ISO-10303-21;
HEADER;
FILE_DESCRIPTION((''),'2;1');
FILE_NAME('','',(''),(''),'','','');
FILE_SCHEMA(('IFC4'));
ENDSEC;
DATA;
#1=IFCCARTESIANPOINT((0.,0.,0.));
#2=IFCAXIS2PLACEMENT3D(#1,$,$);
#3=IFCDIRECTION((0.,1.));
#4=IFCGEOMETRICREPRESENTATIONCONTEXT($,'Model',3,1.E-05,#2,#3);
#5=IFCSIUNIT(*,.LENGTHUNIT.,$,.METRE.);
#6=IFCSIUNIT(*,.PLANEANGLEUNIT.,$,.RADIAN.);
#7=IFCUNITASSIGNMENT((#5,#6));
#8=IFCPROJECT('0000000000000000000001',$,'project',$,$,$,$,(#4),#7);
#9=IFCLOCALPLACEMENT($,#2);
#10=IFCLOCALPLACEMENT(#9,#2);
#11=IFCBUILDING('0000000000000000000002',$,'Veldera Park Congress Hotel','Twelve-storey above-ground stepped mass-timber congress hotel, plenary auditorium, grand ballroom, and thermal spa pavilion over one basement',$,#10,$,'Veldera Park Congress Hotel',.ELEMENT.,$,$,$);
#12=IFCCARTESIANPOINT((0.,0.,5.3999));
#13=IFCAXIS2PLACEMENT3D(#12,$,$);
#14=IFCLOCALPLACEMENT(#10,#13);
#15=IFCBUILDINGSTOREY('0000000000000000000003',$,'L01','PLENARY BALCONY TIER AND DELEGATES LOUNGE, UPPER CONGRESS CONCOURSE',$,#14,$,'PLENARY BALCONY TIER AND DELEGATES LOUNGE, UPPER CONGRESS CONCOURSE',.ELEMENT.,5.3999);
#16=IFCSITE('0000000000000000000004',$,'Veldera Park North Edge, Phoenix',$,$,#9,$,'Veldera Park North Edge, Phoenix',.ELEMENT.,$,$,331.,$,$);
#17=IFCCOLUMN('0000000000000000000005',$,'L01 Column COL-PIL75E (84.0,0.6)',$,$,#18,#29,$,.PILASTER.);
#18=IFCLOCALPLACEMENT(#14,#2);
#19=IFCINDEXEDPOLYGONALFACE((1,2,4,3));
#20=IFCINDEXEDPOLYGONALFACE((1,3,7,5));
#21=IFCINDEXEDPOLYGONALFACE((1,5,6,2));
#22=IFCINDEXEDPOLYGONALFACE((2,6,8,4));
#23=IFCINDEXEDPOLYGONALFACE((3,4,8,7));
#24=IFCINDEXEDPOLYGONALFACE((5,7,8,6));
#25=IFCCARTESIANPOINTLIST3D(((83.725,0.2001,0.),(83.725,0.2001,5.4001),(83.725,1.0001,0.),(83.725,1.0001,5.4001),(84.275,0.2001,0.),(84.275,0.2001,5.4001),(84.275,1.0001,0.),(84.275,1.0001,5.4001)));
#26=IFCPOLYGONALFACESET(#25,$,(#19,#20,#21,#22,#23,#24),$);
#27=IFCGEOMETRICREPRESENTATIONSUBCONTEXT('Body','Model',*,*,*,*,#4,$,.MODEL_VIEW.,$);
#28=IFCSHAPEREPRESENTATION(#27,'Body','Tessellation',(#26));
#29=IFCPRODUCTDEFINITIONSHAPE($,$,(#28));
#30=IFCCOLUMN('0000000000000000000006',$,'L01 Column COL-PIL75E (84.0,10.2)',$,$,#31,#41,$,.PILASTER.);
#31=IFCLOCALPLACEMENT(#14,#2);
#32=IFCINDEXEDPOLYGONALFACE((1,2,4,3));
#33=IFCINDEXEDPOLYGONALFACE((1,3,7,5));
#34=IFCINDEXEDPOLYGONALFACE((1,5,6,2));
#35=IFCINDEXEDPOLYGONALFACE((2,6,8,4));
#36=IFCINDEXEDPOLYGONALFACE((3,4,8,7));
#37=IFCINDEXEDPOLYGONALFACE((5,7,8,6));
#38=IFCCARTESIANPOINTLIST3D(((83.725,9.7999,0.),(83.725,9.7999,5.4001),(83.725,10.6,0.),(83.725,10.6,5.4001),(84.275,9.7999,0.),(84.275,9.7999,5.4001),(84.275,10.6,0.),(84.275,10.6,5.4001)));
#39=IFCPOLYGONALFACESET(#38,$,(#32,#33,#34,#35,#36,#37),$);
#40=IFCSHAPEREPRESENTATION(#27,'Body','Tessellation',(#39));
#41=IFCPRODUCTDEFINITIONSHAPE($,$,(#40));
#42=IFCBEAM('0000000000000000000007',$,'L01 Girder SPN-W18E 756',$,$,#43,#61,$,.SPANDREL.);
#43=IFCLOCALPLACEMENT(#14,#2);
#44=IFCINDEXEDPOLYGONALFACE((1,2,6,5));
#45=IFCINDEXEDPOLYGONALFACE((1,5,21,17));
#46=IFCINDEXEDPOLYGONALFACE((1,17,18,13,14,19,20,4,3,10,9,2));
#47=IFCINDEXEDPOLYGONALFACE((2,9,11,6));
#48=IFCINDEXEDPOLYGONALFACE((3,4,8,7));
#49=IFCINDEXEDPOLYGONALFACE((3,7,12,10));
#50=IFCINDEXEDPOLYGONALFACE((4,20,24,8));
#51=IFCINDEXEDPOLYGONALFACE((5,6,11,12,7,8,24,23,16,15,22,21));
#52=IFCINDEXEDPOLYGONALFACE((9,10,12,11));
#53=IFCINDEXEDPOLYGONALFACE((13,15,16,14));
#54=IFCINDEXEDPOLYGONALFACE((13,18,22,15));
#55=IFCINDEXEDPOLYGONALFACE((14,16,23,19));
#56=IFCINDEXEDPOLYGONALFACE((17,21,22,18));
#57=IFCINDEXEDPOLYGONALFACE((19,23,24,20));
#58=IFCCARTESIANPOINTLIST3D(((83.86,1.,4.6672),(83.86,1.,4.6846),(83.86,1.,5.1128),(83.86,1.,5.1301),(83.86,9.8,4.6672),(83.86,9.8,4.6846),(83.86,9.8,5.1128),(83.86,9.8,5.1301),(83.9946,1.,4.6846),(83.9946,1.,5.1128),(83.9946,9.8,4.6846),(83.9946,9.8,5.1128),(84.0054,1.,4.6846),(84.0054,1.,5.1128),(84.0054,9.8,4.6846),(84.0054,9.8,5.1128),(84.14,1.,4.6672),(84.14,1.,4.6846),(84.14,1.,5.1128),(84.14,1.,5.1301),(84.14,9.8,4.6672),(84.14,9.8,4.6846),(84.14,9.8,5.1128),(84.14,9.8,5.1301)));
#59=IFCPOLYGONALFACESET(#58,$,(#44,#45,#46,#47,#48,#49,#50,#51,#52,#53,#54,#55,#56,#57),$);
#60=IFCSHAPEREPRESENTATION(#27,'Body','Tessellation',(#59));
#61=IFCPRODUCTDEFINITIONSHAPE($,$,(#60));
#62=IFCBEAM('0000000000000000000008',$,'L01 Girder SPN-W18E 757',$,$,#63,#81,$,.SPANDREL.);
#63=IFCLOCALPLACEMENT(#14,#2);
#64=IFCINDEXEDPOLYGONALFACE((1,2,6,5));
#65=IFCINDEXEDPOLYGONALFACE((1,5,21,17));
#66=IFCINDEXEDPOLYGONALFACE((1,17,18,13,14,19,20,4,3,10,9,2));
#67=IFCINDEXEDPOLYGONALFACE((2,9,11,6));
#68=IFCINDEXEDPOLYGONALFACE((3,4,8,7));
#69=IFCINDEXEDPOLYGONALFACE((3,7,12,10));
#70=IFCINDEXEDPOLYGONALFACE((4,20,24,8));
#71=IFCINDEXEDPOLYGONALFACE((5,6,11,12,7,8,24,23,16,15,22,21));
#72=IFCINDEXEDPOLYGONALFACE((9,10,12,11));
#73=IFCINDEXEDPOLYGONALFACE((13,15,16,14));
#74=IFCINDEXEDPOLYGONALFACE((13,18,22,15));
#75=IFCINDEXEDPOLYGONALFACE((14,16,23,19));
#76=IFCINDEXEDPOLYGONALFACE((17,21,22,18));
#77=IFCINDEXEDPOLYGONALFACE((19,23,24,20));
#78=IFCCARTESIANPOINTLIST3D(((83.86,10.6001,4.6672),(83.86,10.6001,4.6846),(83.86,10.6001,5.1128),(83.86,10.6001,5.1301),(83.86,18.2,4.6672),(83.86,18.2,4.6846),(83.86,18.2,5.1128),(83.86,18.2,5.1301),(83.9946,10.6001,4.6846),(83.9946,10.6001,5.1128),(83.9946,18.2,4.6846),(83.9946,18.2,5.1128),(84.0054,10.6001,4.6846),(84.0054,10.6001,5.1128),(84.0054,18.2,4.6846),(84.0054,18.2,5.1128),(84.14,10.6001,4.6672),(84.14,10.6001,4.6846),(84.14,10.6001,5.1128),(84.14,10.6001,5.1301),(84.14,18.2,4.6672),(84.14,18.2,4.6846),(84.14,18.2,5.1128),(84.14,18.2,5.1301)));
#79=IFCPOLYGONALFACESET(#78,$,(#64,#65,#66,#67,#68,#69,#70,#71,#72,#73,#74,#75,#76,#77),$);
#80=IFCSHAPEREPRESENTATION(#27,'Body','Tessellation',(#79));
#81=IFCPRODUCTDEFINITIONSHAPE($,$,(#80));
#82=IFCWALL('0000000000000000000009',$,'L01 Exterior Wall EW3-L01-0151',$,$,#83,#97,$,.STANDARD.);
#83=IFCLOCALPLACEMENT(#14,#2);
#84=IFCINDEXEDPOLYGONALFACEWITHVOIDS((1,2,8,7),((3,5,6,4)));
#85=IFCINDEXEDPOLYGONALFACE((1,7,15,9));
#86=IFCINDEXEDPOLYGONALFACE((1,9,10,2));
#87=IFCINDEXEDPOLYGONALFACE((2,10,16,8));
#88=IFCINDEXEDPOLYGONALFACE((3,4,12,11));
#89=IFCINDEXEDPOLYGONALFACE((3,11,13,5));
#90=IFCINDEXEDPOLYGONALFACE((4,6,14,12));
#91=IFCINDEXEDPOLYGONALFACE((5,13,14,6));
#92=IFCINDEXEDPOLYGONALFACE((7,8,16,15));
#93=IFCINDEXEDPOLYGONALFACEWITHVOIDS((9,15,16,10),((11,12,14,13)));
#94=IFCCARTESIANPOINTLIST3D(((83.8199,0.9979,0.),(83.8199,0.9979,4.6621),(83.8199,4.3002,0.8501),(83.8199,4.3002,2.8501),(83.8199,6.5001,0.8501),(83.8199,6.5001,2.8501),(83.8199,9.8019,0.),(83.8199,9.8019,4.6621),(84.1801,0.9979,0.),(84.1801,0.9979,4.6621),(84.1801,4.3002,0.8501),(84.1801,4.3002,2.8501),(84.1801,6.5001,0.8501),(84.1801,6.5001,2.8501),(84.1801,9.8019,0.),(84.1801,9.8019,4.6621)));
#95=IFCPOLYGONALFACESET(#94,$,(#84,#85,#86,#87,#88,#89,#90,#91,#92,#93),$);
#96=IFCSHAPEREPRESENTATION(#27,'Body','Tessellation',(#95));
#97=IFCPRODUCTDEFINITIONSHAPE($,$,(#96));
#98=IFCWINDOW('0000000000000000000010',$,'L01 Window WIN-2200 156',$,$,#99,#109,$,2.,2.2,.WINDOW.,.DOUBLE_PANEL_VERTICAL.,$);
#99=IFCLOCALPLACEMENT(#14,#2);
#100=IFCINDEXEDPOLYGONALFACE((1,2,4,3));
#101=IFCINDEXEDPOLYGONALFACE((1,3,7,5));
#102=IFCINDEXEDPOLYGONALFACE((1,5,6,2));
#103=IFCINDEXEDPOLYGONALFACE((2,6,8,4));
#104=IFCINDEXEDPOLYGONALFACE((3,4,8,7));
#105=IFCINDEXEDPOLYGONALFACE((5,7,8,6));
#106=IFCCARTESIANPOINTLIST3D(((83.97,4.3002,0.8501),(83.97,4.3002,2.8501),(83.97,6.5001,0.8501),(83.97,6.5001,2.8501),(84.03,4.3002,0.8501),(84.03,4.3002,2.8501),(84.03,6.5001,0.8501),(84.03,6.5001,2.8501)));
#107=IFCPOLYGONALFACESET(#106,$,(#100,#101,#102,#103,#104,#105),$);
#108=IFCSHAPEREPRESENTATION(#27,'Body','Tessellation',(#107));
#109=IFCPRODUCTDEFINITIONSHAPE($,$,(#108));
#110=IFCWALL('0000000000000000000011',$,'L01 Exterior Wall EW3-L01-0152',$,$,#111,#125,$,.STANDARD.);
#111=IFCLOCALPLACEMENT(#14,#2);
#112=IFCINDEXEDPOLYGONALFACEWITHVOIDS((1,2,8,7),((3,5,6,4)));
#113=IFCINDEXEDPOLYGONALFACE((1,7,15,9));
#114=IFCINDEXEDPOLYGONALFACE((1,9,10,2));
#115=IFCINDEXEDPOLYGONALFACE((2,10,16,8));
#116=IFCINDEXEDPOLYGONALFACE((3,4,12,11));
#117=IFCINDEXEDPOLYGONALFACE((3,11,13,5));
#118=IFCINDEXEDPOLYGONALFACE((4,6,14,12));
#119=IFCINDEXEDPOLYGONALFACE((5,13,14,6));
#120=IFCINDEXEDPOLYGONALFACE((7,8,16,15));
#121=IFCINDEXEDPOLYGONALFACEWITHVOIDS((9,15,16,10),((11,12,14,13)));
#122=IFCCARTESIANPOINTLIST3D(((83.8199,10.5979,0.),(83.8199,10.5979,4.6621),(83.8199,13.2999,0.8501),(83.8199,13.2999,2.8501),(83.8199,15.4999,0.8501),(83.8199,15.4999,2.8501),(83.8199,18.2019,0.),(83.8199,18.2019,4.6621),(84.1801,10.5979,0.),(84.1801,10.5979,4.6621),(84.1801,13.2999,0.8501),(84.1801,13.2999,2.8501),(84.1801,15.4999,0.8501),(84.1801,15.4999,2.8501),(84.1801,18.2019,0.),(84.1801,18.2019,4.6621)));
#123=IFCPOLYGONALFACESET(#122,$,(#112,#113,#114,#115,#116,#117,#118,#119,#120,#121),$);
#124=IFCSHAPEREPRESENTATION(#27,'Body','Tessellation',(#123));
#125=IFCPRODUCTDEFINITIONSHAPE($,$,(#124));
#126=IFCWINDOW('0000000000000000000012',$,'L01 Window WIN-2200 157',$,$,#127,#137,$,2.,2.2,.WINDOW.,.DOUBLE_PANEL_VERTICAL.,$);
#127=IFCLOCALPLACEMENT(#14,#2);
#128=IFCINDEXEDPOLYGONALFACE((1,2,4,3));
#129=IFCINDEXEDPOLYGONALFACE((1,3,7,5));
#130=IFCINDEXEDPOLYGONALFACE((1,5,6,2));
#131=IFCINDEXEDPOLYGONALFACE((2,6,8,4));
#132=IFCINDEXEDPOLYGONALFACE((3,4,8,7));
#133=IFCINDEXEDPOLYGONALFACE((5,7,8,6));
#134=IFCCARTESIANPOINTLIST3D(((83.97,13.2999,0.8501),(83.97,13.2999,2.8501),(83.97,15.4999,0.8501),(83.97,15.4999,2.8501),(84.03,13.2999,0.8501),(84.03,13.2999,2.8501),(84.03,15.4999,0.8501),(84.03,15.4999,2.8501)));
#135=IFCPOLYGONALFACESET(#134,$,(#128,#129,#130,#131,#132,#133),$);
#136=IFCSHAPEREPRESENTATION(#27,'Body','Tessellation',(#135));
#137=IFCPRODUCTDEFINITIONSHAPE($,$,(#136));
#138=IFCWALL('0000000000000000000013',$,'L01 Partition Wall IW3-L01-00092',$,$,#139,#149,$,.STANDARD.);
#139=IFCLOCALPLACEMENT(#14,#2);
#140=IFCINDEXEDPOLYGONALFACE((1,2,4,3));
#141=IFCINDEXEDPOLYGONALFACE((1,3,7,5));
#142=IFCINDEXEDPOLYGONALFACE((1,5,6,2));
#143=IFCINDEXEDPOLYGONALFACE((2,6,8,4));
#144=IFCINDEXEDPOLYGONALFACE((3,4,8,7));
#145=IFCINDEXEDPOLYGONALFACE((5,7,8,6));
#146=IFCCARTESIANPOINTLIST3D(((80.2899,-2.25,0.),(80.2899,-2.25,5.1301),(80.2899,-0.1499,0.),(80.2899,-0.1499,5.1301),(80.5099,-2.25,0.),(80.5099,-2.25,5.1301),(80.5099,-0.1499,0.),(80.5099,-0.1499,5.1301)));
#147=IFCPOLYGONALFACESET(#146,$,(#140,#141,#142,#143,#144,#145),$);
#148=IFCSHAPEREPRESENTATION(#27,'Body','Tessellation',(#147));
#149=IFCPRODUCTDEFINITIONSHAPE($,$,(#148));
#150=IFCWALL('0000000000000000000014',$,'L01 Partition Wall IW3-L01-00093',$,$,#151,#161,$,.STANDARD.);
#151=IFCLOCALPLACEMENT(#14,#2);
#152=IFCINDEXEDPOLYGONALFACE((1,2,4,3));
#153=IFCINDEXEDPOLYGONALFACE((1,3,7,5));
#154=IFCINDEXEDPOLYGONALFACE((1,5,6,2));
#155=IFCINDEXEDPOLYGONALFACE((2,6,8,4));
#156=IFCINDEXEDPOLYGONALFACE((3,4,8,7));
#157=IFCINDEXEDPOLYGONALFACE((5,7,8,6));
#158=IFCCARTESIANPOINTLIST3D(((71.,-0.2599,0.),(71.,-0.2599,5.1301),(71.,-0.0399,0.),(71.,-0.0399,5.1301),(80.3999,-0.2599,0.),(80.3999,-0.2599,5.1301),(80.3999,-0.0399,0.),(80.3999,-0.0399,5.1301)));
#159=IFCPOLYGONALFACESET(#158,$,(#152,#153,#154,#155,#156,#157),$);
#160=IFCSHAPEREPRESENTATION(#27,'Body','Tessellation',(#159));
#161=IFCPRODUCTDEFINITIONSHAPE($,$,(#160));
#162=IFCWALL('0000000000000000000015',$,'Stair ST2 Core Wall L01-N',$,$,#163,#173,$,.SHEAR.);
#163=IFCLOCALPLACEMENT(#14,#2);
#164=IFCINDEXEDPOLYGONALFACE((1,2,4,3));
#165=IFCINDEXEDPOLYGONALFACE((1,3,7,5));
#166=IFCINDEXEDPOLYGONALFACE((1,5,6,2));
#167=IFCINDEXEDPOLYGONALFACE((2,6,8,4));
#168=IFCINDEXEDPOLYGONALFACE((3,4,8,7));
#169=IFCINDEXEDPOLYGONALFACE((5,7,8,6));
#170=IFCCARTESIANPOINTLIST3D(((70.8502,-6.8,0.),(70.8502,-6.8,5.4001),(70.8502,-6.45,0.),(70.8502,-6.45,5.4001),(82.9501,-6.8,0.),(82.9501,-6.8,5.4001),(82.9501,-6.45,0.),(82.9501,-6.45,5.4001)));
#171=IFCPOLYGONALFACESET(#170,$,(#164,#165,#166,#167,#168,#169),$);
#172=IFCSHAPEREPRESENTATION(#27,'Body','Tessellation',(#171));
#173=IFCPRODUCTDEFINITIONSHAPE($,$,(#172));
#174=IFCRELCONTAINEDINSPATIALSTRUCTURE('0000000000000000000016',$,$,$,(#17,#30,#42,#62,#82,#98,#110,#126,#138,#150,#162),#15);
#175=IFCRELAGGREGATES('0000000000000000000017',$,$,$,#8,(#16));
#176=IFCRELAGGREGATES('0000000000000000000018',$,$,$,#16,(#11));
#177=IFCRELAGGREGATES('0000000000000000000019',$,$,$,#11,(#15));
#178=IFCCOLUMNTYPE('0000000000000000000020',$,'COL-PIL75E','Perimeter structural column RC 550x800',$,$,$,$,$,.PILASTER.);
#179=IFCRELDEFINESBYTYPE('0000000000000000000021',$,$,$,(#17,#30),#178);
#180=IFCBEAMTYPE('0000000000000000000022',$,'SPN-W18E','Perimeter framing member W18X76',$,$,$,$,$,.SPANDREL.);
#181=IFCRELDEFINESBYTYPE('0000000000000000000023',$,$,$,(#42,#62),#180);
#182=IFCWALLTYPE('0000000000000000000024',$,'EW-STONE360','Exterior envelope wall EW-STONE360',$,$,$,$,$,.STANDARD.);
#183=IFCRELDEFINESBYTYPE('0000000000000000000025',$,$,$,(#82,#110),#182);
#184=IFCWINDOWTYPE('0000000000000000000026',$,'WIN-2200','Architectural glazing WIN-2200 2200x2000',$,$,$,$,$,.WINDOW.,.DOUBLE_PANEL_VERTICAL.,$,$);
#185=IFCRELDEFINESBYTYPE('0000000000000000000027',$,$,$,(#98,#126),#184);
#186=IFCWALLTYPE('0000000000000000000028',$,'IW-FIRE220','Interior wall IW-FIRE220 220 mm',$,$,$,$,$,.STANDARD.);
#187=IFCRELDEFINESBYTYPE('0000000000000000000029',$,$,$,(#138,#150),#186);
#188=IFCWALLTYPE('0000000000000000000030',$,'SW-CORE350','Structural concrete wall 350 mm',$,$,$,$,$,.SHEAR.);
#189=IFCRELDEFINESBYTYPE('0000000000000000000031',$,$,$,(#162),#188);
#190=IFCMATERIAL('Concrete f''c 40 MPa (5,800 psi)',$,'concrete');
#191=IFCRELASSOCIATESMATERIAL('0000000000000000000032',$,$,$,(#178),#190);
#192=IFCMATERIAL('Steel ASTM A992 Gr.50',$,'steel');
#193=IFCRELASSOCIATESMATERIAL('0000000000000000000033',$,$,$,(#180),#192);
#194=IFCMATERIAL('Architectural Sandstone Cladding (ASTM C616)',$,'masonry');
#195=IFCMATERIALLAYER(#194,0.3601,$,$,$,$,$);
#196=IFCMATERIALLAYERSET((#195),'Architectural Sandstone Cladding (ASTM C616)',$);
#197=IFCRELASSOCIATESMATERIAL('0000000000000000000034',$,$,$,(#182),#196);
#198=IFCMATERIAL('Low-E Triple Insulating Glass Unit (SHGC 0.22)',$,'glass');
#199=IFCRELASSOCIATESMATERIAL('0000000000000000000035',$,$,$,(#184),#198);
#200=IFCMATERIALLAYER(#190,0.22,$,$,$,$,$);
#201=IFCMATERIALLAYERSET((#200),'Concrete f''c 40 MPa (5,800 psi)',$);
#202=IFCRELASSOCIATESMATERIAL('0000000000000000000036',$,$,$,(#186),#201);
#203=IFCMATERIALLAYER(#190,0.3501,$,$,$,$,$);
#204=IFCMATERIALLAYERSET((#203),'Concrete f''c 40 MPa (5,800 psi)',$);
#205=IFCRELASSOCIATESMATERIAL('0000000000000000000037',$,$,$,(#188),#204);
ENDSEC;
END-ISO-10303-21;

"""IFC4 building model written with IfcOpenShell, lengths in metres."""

from ifc_helpers import new_model, si_unit, direction, frame, frame_2d, origin, origin_2d, place, context, subcontext, project, spatial, rectangle, i_section, extrude, material, layer, layer_set, material_profile, profile_set, type_object, element, fill, save


model = new_model("IFC4")

# Units and contexts
model_context = context("Model", 3, precision=1e-05, world=origin(), true_north=direction((0.0, 1.0)))
body_context = subcontext(model_context, "Body", "Model", "MODEL_VIEW")
ifc_project = project(units=[si_unit("LENGTHUNIT", "METRE"), si_unit("PLANEANGLEUNIT", "RADIAN")], contexts=[model_context])

# Site, building, storey
site_placement = place(None, origin())
site = spatial("IfcSite", under=ifc_project, at=site_placement, Name="Veldera Park North Edge, Phoenix", LongName="Veldera Park North Edge, Phoenix", CompositionType="ELEMENT", RefElevation=331.0)
building_placement = place(site_placement, origin())
building = spatial("IfcBuilding", under=site, at=building_placement, Name="Veldera Park Congress Hotel", Description="Twelve-storey above-ground stepped mass-timber congress hotel, plenary auditorium, grand ballroom, and thermal spa pavilion over one basement", LongName="Veldera Park Congress Hotel", CompositionType="ELEMENT")
storey_placement = place(building_placement, frame((0.0, 0.0, 5.3999)))
storey = spatial("IfcBuildingStorey", under=building, at=storey_placement, Name="L01", Description="PLENARY BALCONY TIER AND DELEGATES LOUNGE, UPPER CONGRESS CONCOURSE", LongName="PLENARY BALCONY TIER AND DELEGATES LOUNGE, UPPER CONGRESS CONCOURSE", CompositionType="ELEMENT", Elevation=5.3999)

# Columns
ifc_material_1 = material(Name="Concrete f'c 40 MPa (5,800 psi)", Category="concrete")
ifc_material_profile_1 = material_profile(ifc_material_1, rectangle(XDim=0.55, YDim=0.8, at=origin_2d()), Name="RC 550x800")
ifc_profile_set_1 = profile_set([ifc_material_profile_1], Name="Concrete f'c 40 MPa (5,800 psi)")
column_type = type_object("IfcColumnType", Name="COL-PIL75E", Description="Perimeter structural column RC 550x800", PredefinedType="PILASTER", material=ifc_profile_set_1)
for number, where, z_axis, x_axis, name in (
    (1, (84.0, 0.6001, 0.0), (0.0, 0.0, 1.0), (1.0, 0.0, 0.0), "L01 Column COL-PIL75E (84.0,0.6)"),
    (2, (84.0, 10.2, 0.0), (0.0, 0.0, 1.0), (1.0, 0.0, 0.0), "L01 Column COL-PIL75E (84.0,10.2)"),
):
    element("IfcColumn", number, at=place(storey_placement, frame(where, z_axis=z_axis, x_axis=x_axis)), inside=storey, type_object=column_type, Name=name, PredefinedType="PILASTER", context=body_context, shape_type="SweptSolid", body=[
        extrude(rectangle(XDim=0.55, YDim=0.8, at=origin_2d()), origin(), (0.0, 0.0, 1.0), 5.4001),
    ])

# Beams
ifc_material_2 = material(Name="Steel ASTM A992 Gr.50", Category="steel")
ifc_material_profile_2 = material_profile(ifc_material_2, i_section(OverallWidth=0.28, OverallDepth=0.4629, WebThickness=0.0107, FlangeThickness=0.0173, at=origin_2d()), Name="W18X76")
ifc_profile_set_2 = profile_set([ifc_material_profile_2], Name="Steel ASTM A992 Gr.50")
beam_type = type_object("IfcBeamType", Name="SPN-W18E", Description="Perimeter framing member W18X76", PredefinedType="SPANDREL", material=ifc_profile_set_2)
beam_1_placement = place(storey_placement, frame((84.0, 1.0, 4.8987), z_axis=(0.0, 1.0, 0.0), x_axis=(-1.0, 0.0, 0.0)))
element("IfcBeam", 3, at=beam_1_placement, inside=storey, type_object=beam_type, Name="L01 Girder SPN-W18E 756", PredefinedType="SPANDREL", context=body_context, shape_type="SweptSolid", body=[
    extrude(i_section(OverallWidth=0.28, OverallDepth=0.4629, WebThickness=0.0107, FlangeThickness=0.0173, at=origin_2d()), origin(), (0.0, 0.0, 1.0), 8.8),
])
beam_2_placement = place(storey_placement, frame((84.0, 10.6001, 4.8987), z_axis=(0.0, 1.0, 0.0), x_axis=(-1.0, 0.0, 0.0)))
element("IfcBeam", 4, at=beam_2_placement, inside=storey, type_object=beam_type, Name="L01 Girder SPN-W18E 757", PredefinedType="SPANDREL", context=body_context, shape_type="SweptSolid", body=[
    extrude(i_section(OverallWidth=0.28, OverallDepth=0.4629, WebThickness=0.0107, FlangeThickness=0.0173, at=origin_2d()), origin(), (0.0, 0.0, 1.0), 7.5999),
])

# Walls, openings, windows
ifc_material_3 = material(Name="Architectural Sandstone Cladding (ASTM C616)", Category="masonry")
ifc_layer_1 = layer(ifc_material_3, 0.3601)
ifc_layer_set_1 = layer_set([ifc_layer_1], Name="Architectural Sandstone Cladding (ASTM C616)")
wall_type_1 = type_object("IfcWallType", Name="EW-STONE360", Description="Exterior envelope wall EW-STONE360", PredefinedType="STANDARD", material=ifc_layer_set_1)
wall_1_placement = place(storey_placement, frame((84.0, 0.998, 0.0), z_axis=(0.0, 0.0, 1.0), x_axis=(0.0, 1.0, 0.0)))
wall_1 = element("IfcWall", 5, at=wall_1_placement, inside=storey, type_object=wall_type_1, Name="L01 Exterior Wall EW3-L01-0151", PredefinedType="STANDARD", context=body_context, shape_type="SweptSolid", body=[
    extrude(rectangle(XDim=8.804, YDim=0.3601, at=frame_2d((4.4019, 0.0))), origin(), (0.0, 0.0, 1.0), 4.6621),
])
opening_1_placement = place(wall_1_placement, frame((3.302, 0.0, 0.8501)))
opening_1 = element("IfcOpeningElement", 6, at=opening_1_placement, cuts=wall_1, PredefinedType="OPENING", context=body_context, shape_type="SweptSolid", body=[
    extrude(rectangle(XDim=2.2, YDim=2.0, at=frame_2d((1.1001, 1.0))), frame((0.0, 0.1921, 0.0), z_axis=(0.0, -1.0, 0.0), x_axis=(1.0, 0.0, 0.0)), (0.0, 0.0, 1.0), 0.384),
])
ifc_material_4 = material(Name="Low-E Triple Insulating Glass Unit (SHGC 0.22)", Category="glass")
window_type = type_object("IfcWindowType", Name="WIN-2200", Description="Architectural glazing WIN-2200 2200x2000", PartitioningType="DOUBLE_PANEL_VERTICAL", PredefinedType="WINDOW", material=ifc_material_4)
window_1_placement = place(opening_1_placement, origin())
window_1 = element("IfcWindow", 7, at=window_1_placement, inside=storey, type_object=window_type, Name="L01 Window WIN-2200 156", OverallHeight=2.0, OverallWidth=2.2, PartitioningType="DOUBLE_PANEL_VERTICAL", PredefinedType="WINDOW", context=body_context, shape_type="SweptSolid", body=[
    extrude(rectangle(XDim=2.2, YDim=2.0, at=frame_2d((1.1001, 1.0))), frame((0.0, 0.03, 0.0), z_axis=(0.0, -1.0, 0.0), x_axis=(1.0, 0.0, 0.0)), (0.0, 0.0, 1.0), 0.0601),
])
fill(opening_1, window_1)
wall_2_placement = place(storey_placement, frame((84.0, 10.5979, 0.0), z_axis=(0.0, 0.0, 1.0), x_axis=(0.0, 1.0, 0.0)))
wall_2 = element("IfcWall", 8, at=wall_2_placement, inside=storey, type_object=wall_type_1, Name="L01 Exterior Wall EW3-L01-0152", PredefinedType="STANDARD", context=body_context, shape_type="SweptSolid", body=[
    extrude(rectangle(XDim=7.604, YDim=0.3601, at=frame_2d((3.802, 0.0))), origin(), (0.0, 0.0, 1.0), 4.6621),
])
opening_2_placement = place(wall_2_placement, frame((2.7019, 0.0, 0.8501)))
opening_2 = element("IfcOpeningElement", 9, at=opening_2_placement, cuts=wall_2, PredefinedType="OPENING", context=body_context, shape_type="SweptSolid", body=[
    extrude(rectangle(XDim=2.2, YDim=2.0, at=frame_2d((1.1001, 1.0))), frame((0.0, 0.1921, 0.0), z_axis=(0.0, -1.0, 0.0), x_axis=(1.0, 0.0, 0.0)), (0.0, 0.0, 1.0), 0.384),
])
window_2_placement = place(opening_2_placement, origin())
window_2 = element("IfcWindow", 10, at=window_2_placement, inside=storey, type_object=window_type, Name="L01 Window WIN-2200 157", OverallHeight=2.0, OverallWidth=2.2, PartitioningType="DOUBLE_PANEL_VERTICAL", PredefinedType="WINDOW", context=body_context, shape_type="SweptSolid", body=[
    extrude(rectangle(XDim=2.2, YDim=2.0, at=frame_2d((1.1001, 1.0))), frame((0.0, 0.03, 0.0), z_axis=(0.0, -1.0, 0.0), x_axis=(1.0, 0.0, 0.0)), (0.0, 0.0, 1.0), 0.0601),
])
fill(opening_2, window_2)

# Walls
ifc_layer_2 = layer(ifc_material_1, 0.22)
ifc_layer_set_2 = layer_set([ifc_layer_2], Name="Concrete f'c 40 MPa (5,800 psi)")
wall_type_2 = type_object("IfcWallType", Name="IW-FIRE220", Description="Interior wall IW-FIRE220 220 mm", PredefinedType="STANDARD", material=ifc_layer_set_2)
wall_3_placement = place(storey_placement, frame((80.3999, -2.25, 0.0), z_axis=(0.0, 0.0, 1.0), x_axis=(0.0, 1.0, 0.0)))
element("IfcWall", 11, at=wall_3_placement, inside=storey, type_object=wall_type_2, Name="L01 Partition Wall IW3-L01-00092", PredefinedType="STANDARD", context=body_context, shape_type="SweptSolid", body=[
    extrude(rectangle(XDim=2.1001, YDim=0.22, at=frame_2d((1.05, 0.0))), origin(), (0.0, 0.0, 1.0), 5.1301),
])
wall_4_placement = place(storey_placement, frame((80.3999, -0.1499, 0.0), z_axis=(0.0, 0.0, 1.0), x_axis=(-1.0, 0.0, 0.0)))
element("IfcWall", 12, at=wall_4_placement, inside=storey, type_object=wall_type_2, Name="L01 Partition Wall IW3-L01-00093", PredefinedType="STANDARD", context=body_context, shape_type="SweptSolid", body=[
    extrude(rectangle(XDim=9.3999, YDim=0.22, at=frame_2d((4.7, 0.0))), origin(), (0.0, 0.0, 1.0), 5.1301),
])
ifc_layer_3 = layer(ifc_material_1, 0.3501)
ifc_layer_set_3 = layer_set([ifc_layer_3], Name="Concrete f'c 40 MPa (5,800 psi)")
wall_type_3 = type_object("IfcWallType", Name="SW-CORE350", Description="Structural concrete wall 350 mm", PredefinedType="SHEAR", material=ifc_layer_set_3)
wall_5_placement = place(storey_placement, frame((82.95, -6.625, 0.0), z_axis=(0.0, 0.0, 1.0), x_axis=(-1.0, 0.0, 0.0)))
element("IfcWall", 13, at=wall_5_placement, inside=storey, type_object=wall_type_3, Name="Stair ST2 Core Wall L01-N", PredefinedType="SHEAR", context=body_context, shape_type="SweptSolid", body=[
    extrude(rectangle(XDim=12.0999, YDim=0.3501, at=frame_2d((6.0498, 0.0))), origin(), (0.0, 0.0, 1.0), 5.4001),
])

save(model, "model.ifc")
